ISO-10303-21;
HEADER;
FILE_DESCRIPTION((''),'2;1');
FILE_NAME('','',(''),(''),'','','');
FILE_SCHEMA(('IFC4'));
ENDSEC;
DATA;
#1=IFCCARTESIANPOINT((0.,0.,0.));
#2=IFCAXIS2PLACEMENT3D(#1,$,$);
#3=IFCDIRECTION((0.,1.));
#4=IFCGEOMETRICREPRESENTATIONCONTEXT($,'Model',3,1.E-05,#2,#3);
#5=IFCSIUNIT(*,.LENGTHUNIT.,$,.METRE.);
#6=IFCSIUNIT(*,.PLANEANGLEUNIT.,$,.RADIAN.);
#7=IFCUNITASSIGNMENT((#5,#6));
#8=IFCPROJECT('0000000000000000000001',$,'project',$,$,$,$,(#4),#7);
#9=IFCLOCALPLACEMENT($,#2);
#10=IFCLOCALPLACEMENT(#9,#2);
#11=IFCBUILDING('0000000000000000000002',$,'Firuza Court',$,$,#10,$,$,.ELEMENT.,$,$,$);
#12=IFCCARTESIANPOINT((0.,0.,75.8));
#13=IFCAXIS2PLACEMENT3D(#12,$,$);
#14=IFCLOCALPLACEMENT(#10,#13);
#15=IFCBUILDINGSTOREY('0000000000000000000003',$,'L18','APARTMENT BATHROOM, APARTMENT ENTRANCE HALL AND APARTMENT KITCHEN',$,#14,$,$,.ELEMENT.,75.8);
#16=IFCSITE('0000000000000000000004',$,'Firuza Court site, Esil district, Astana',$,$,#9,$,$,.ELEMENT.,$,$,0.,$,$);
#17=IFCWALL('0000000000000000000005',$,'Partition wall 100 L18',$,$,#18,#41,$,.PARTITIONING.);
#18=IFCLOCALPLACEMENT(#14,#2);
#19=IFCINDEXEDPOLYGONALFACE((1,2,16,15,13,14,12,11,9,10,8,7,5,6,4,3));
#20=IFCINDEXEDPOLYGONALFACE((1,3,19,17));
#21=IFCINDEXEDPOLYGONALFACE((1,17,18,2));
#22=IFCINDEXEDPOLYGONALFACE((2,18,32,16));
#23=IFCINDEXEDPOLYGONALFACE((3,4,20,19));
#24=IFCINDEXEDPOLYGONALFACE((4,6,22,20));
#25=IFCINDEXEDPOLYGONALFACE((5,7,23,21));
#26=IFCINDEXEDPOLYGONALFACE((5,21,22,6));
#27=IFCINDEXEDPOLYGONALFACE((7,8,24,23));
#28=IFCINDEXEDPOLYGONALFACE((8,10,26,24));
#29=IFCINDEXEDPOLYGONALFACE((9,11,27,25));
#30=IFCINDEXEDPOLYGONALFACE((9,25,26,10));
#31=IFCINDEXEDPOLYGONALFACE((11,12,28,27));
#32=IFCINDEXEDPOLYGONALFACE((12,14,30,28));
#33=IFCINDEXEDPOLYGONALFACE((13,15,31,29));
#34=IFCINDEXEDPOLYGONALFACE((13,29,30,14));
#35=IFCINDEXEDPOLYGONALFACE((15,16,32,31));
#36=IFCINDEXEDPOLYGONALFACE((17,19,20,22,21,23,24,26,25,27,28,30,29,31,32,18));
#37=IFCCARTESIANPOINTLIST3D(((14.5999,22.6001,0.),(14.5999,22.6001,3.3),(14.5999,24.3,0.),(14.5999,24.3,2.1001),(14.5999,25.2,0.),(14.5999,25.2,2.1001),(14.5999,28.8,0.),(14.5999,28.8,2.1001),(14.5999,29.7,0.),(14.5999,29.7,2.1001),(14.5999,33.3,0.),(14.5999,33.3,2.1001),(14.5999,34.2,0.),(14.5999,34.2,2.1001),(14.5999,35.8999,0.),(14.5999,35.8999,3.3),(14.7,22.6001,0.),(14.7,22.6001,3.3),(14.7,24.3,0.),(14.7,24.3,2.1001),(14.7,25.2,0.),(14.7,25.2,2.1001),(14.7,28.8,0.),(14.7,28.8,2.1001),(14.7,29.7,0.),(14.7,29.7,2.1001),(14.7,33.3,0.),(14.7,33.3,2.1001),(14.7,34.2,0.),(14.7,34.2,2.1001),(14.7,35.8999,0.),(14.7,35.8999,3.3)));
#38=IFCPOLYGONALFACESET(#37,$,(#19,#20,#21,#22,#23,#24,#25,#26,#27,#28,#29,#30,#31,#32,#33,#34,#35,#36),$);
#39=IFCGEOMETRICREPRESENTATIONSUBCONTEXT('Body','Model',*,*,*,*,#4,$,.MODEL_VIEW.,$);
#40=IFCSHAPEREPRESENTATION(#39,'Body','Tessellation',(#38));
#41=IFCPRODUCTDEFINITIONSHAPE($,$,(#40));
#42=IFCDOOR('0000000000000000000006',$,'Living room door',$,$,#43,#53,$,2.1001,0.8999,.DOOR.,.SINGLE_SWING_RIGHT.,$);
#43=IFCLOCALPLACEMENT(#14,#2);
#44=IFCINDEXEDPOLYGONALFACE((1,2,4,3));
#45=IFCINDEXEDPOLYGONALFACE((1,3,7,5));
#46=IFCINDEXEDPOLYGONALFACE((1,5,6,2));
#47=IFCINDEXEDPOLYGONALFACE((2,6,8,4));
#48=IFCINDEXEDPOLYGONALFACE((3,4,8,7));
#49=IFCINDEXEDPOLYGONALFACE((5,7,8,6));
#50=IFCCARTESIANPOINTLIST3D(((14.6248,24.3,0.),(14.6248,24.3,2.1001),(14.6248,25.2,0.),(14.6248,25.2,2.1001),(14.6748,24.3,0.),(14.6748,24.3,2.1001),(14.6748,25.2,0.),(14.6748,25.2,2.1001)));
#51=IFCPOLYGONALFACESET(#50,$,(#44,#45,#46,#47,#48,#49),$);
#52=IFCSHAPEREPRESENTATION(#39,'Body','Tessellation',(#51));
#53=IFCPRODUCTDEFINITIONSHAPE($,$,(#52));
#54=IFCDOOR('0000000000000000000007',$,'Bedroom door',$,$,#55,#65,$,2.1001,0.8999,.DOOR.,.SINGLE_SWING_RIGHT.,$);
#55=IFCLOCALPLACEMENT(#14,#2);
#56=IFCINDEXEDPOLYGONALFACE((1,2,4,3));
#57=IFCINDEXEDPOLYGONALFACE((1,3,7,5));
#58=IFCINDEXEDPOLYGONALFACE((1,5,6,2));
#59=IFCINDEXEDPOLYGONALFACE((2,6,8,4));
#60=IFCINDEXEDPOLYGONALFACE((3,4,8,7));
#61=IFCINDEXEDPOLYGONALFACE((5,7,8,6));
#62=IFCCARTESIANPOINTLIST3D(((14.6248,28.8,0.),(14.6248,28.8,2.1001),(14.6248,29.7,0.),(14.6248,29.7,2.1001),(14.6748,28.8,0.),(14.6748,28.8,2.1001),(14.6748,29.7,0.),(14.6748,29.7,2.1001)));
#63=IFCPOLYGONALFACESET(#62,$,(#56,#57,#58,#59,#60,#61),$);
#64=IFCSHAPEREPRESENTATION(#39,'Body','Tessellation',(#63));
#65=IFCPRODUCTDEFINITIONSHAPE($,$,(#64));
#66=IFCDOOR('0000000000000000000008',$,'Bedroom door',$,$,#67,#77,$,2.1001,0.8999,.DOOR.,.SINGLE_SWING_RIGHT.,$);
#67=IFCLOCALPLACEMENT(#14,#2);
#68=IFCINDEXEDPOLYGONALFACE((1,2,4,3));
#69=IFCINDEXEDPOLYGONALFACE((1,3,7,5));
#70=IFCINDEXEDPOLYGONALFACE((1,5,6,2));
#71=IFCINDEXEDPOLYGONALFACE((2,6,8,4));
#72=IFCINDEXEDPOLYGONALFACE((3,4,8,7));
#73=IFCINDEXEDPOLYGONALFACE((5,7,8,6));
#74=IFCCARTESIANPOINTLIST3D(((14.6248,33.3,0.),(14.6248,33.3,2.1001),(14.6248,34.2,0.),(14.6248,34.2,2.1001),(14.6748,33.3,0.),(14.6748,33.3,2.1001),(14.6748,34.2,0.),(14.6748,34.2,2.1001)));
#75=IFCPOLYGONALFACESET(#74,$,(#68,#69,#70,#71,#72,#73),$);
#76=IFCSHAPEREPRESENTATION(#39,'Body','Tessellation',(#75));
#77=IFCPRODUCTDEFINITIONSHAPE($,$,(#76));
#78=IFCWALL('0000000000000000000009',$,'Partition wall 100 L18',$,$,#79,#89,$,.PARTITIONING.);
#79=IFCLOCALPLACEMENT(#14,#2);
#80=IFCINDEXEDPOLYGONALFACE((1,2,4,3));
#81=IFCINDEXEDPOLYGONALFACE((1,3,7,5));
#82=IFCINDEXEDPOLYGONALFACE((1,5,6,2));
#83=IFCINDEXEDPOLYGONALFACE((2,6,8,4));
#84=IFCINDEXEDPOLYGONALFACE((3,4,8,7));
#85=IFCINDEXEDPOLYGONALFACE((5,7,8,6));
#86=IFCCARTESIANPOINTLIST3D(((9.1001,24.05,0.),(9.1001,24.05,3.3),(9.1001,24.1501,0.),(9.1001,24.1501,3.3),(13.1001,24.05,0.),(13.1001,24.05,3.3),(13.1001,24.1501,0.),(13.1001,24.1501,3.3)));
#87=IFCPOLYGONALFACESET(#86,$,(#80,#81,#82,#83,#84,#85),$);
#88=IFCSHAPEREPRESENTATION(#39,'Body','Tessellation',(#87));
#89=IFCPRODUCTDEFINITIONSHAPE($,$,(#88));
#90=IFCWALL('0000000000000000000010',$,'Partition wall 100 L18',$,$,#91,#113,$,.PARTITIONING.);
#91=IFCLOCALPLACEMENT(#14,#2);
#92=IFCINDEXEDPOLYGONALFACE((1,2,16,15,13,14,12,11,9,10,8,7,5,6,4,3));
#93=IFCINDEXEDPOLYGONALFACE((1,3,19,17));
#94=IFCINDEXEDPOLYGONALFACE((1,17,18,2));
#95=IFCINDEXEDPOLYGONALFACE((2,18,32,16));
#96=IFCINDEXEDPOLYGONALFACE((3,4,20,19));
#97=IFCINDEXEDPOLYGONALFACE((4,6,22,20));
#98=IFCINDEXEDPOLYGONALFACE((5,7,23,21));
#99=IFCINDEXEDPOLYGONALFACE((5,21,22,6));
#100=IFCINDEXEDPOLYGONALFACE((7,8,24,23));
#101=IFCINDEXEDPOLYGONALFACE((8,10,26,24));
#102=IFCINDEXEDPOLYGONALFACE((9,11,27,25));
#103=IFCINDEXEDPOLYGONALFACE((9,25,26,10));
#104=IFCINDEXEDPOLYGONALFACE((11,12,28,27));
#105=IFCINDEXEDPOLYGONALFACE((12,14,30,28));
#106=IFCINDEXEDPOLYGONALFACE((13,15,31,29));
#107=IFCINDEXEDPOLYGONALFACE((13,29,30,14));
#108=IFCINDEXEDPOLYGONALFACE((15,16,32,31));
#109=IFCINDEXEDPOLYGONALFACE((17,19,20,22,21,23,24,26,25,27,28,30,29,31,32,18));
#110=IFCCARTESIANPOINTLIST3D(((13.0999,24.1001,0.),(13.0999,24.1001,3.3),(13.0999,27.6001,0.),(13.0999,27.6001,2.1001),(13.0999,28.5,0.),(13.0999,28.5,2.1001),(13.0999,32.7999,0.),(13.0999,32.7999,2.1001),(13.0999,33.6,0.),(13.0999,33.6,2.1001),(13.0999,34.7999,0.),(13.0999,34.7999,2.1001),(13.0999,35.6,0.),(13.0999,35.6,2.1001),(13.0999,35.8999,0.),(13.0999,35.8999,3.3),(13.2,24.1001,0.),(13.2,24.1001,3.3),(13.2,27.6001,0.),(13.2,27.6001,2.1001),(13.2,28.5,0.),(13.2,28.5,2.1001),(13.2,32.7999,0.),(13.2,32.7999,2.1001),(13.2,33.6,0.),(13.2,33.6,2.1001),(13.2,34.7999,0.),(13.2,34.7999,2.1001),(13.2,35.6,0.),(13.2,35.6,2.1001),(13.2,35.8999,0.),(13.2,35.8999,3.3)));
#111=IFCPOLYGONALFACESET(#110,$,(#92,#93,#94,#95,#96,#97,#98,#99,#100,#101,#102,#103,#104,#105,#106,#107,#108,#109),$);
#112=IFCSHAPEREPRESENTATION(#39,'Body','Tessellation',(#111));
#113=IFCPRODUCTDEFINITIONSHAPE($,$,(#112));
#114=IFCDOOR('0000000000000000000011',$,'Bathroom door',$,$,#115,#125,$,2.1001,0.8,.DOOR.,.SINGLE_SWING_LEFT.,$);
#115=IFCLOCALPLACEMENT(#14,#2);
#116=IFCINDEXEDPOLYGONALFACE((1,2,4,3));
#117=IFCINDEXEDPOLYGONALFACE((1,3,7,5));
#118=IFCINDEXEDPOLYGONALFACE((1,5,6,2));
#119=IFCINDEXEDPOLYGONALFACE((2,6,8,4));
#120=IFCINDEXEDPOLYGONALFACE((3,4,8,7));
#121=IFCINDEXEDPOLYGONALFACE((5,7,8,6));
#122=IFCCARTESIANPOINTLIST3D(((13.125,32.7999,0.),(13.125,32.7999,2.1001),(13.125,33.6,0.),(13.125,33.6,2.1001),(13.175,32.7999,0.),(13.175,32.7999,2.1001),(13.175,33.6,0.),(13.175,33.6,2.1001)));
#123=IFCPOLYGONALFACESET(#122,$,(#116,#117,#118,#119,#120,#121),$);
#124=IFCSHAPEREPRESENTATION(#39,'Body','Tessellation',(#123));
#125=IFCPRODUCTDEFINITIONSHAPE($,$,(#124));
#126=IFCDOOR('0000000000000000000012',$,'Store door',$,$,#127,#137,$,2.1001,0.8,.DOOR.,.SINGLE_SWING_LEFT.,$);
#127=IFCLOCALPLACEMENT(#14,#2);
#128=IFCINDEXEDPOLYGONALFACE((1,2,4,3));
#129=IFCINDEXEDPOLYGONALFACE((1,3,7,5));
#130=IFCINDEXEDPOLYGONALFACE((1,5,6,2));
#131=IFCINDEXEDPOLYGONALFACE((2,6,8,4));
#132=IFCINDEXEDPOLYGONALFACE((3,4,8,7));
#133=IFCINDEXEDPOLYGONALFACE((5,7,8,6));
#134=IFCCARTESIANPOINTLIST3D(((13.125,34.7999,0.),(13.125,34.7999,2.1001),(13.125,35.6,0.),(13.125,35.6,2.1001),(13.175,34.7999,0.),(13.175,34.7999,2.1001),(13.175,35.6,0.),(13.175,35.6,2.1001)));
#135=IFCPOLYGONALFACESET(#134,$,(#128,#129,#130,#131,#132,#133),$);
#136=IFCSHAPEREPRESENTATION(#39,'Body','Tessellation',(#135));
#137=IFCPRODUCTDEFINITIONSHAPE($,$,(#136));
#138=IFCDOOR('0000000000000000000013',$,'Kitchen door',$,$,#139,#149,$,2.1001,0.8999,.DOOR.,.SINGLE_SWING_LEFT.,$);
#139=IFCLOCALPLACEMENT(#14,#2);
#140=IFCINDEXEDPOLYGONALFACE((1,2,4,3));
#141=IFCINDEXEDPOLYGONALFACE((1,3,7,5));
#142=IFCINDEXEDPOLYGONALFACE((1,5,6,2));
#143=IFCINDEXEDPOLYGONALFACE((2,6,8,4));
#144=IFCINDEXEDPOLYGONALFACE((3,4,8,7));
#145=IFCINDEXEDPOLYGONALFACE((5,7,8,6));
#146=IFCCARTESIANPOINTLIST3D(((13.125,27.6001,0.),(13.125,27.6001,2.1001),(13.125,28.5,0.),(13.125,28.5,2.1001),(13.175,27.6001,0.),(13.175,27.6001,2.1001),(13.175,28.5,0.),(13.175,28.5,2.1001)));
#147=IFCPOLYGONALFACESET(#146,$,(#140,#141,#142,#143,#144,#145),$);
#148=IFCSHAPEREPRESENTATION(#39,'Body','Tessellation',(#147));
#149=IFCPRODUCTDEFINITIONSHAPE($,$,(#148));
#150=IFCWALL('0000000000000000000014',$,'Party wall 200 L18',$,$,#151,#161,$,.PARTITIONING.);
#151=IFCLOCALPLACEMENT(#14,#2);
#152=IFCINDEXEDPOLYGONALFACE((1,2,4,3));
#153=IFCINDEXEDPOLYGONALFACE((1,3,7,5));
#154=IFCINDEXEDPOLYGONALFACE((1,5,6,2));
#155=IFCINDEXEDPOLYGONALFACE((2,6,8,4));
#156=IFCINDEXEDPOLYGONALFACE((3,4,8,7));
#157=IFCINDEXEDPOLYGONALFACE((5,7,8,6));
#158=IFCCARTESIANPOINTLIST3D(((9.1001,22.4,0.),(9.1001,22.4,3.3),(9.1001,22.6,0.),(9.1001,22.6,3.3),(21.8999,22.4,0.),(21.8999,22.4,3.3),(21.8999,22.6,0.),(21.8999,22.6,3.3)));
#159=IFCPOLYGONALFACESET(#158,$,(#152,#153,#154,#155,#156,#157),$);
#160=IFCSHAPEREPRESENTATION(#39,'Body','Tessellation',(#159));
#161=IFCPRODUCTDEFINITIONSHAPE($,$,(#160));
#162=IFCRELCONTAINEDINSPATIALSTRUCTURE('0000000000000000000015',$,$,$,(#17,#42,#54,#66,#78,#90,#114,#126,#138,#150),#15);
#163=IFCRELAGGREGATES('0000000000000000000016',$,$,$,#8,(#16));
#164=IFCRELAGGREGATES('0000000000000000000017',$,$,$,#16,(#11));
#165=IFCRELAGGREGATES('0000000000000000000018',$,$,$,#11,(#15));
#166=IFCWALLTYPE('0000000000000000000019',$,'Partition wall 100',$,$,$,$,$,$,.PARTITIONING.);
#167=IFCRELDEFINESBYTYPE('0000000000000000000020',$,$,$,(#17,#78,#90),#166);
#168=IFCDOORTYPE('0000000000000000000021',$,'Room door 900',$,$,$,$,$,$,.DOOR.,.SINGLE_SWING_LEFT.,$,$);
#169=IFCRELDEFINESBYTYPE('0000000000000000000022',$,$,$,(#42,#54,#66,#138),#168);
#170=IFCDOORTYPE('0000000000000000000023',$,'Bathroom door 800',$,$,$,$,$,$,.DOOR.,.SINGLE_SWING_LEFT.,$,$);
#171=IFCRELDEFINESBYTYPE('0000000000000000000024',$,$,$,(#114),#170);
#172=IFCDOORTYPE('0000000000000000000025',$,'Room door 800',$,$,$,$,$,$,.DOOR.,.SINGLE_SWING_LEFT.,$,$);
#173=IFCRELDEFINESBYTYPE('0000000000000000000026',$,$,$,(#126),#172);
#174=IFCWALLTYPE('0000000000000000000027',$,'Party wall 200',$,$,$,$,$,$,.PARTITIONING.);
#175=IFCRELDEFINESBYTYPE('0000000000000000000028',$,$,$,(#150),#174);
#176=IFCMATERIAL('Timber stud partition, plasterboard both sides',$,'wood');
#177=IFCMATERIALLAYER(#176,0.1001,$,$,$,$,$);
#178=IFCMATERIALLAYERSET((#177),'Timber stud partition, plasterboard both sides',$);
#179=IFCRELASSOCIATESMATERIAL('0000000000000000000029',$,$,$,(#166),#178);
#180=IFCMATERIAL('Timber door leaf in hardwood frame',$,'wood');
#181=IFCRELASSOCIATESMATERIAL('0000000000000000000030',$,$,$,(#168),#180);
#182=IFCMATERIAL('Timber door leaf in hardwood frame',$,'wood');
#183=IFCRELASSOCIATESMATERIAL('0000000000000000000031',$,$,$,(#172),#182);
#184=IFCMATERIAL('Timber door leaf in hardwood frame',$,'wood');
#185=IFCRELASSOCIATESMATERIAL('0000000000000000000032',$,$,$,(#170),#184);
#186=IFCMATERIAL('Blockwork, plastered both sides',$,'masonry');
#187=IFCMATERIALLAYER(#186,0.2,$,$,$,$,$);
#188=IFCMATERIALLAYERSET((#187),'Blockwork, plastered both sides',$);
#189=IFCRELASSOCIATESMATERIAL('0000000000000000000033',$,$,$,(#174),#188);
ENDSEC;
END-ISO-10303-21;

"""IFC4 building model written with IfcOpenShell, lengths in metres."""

from ifc_helpers import new_model, si_unit, direction, frame, frame_2d, origin, place, context, subcontext, project, spatial, rectangle, extrude, material, layer, layer_set, type_object, element, fill, save


model = new_model("IFC4")

# Units and contexts
model_context = context("Model", 3, precision=1e-05, world=origin(), true_north=direction((0.0, 1.0)))
body_context = subcontext(model_context, "Body", "Model", "MODEL_VIEW")
ifc_project = project(units=[si_unit("LENGTHUNIT", "METRE"), si_unit("PLANEANGLEUNIT", "RADIAN")], contexts=[model_context])

# Site, building, storey
site_placement = place(None, origin())
site = spatial("IfcSite", under=ifc_project, at=site_placement, Name="Firuza Court site, Esil district, Astana", CompositionType="ELEMENT", RefElevation=0.0)
building_placement = place(site_placement, origin())
building = spatial("IfcBuilding", under=site, at=building_placement, Name="Firuza Court", CompositionType="ELEMENT")
storey_placement = place(building_placement, frame((0.0, 0.0, 75.8)))
storey = spatial("IfcBuildingStorey", under=building, at=storey_placement, Name="L18", Description="APARTMENT BATHROOM, APARTMENT ENTRANCE HALL AND APARTMENT KITCHEN", CompositionType="ELEMENT", Elevation=75.8)

# Shared definitions
ifc_material_1 = material(Name="Timber stud partition, plasterboard both sides", Category="wood")
ifc_layer_1 = layer(ifc_material_1, 0.1001)
ifc_layer_set_1 = layer_set([ifc_layer_1], Name="Timber stud partition, plasterboard both sides")
wall_type_1 = type_object("IfcWallType", Name="Partition wall 100", PredefinedType="PARTITIONING", material=ifc_layer_set_1)
ifc_material_2 = material(Name="Timber door leaf in hardwood frame", Category="wood")
door_type_1 = type_object("IfcDoorType", Name="Room door 900", OperationType="SINGLE_SWING_LEFT", PredefinedType="DOOR", material=ifc_material_2)

# Shared definitions
ifc_material_3 = material(Name="Timber door leaf in hardwood frame", Category="wood")
door_type_2 = type_object("IfcDoorType", Name="Room door 800", OperationType="SINGLE_SWING_LEFT", PredefinedType="DOOR", material=ifc_material_3)

# Wall, openings, doors
wall_1_placement = place(storey_placement, frame((14.6499, 22.6001, 0.0), z_axis=(0.0, 0.0, 1.0), x_axis=(0.0, 1.0, 0.0)))
wall_1 = element("IfcWall", 1, at=wall_1_placement, inside=storey, type_object=wall_type_1, Name="Partition wall 100 L18", PredefinedType="PARTITIONING", context=body_context, shape_type="SweptSolid", body=[
    extrude(rectangle(XDim=13.2998, YDim=0.1001, at=frame_2d((6.6499, 0.0))), origin(), (0.0, 0.0, 1.0), 3.3),
])
opening_1_placement = place(wall_1_placement, frame((1.7, 0.0, 0.0)))
opening_1 = element("IfcOpeningElement", 2, at=opening_1_placement, cuts=wall_1, PredefinedType="OPENING", context=body_context, shape_type="SweptSolid", body=[
    extrude(rectangle(XDim=0.8999, YDim=2.1001, at=frame_2d((0.45, 1.05))), frame((0.0, 0.062, 0.0), z_axis=(0.0, -1.0, 0.0), x_axis=(1.0, 0.0, 0.0)), (0.0, 0.0, 1.0), 0.124),
])
opening_2_placement = place(wall_1_placement, frame((6.2, 0.0, 0.0)))
opening_2 = element("IfcOpeningElement", 3, at=opening_2_placement, cuts=wall_1, PredefinedType="OPENING", context=body_context, shape_type="SweptSolid", body=[
    extrude(rectangle(XDim=0.8999, YDim=2.1001, at=frame_2d((0.45, 1.05))), frame((0.0, 0.062, 0.0), z_axis=(0.0, -1.0, 0.0), x_axis=(1.0, 0.0, 0.0)), (0.0, 0.0, 1.0), 0.124),
])
opening_3_placement = place(wall_1_placement, frame((10.7, 0.0, 0.0)))
opening_3 = element("IfcOpeningElement", 4, at=opening_3_placement, cuts=wall_1, PredefinedType="OPENING", context=body_context, shape_type="SweptSolid", body=[
    extrude(rectangle(XDim=0.8999, YDim=2.1001, at=frame_2d((0.45, 1.05))), frame((0.0, 0.062, 0.0), z_axis=(0.0, -1.0, 0.0), x_axis=(1.0, 0.0, 0.0)), (0.0, 0.0, 1.0), 0.124),
])
door_1_placement = place(opening_1_placement, frame((0.8999, 0.0, 0.0), z_axis=(0.0, 0.0, 1.0), x_axis=(-1.0, 0.0, 0.0)))
door_1 = element("IfcDoor", 5, at=door_1_placement, inside=storey, type_object=door_type_1, Name="Living room door", OperationType="SINGLE_SWING_RIGHT", OverallHeight=2.1001, OverallWidth=0.8999, PredefinedType="DOOR", context=body_context, shape_type="SweptSolid", body=[
    extrude(rectangle(XDim=0.8999, YDim=2.1001, at=frame_2d((0.45, 1.05))), frame((0.0, 0.0249, 0.0), z_axis=(0.0, -1.0, 0.0), x_axis=(1.0, 0.0, 0.0)), (0.0, 0.0, 1.0), 0.05),
])
fill(opening_1, door_1)
door_2_placement = place(opening_2_placement, frame((0.8999, 0.0, 0.0), z_axis=(0.0, 0.0, 1.0), x_axis=(-1.0, 0.0, 0.0)))
door_2 = element("IfcDoor", 6, at=door_2_placement, inside=storey, type_object=door_type_1, Name="Bedroom door", OperationType="SINGLE_SWING_RIGHT", OverallHeight=2.1001, OverallWidth=0.8999, PredefinedType="DOOR", context=body_context, shape_type="SweptSolid", body=[
    extrude(rectangle(XDim=0.8999, YDim=2.1001, at=frame_2d((0.45, 1.05))), frame((0.0, 0.0249, 0.0), z_axis=(0.0, -1.0, 0.0), x_axis=(1.0, 0.0, 0.0)), (0.0, 0.0, 1.0), 0.05),
])
fill(opening_2, door_2)
door_3_placement = place(opening_3_placement, frame((0.8999, 0.0, 0.0), z_axis=(0.0, 0.0, 1.0), x_axis=(-1.0, 0.0, 0.0)))
door_3 = element("IfcDoor", 7, at=door_3_placement, inside=storey, type_object=door_type_1, Name="Bedroom door", OperationType="SINGLE_SWING_RIGHT", OverallHeight=2.1001, OverallWidth=0.8999, PredefinedType="DOOR", context=body_context, shape_type="SweptSolid", body=[
    extrude(rectangle(XDim=0.8999, YDim=2.1001, at=frame_2d((0.45, 1.05))), frame((0.0, 0.0249, 0.0), z_axis=(0.0, -1.0, 0.0), x_axis=(1.0, 0.0, 0.0)), (0.0, 0.0, 1.0), 0.05),
])
fill(opening_3, door_3)

# Wall
wall_2_placement = place(storey_placement, frame((9.1001, 24.1001, 0.0), z_axis=(0.0, 0.0, 1.0), x_axis=(1.0, 0.0, 0.0)))
element("IfcWall", 8, at=wall_2_placement, inside=storey, type_object=wall_type_1, Name="Partition wall 100 L18", PredefinedType="PARTITIONING", context=body_context, shape_type="SweptSolid", body=[
    extrude(rectangle(XDim=4.0, YDim=0.1001, at=frame_2d((2.0, 0.0))), origin(), (0.0, 0.0, 1.0), 3.3),
])

# Wall, openings, doors
wall_3_placement = place(storey_placement, frame((13.1499, 24.1001, 0.0), z_axis=(0.0, 0.0, 1.0), x_axis=(0.0, 1.0, 0.0)))
wall_3 = element("IfcWall", 9, at=wall_3_placement, inside=storey, type_object=wall_type_1, Name="Partition wall 100 L18", PredefinedType="PARTITIONING", context=body_context, shape_type="SweptSolid", body=[
    extrude(rectangle(XDim=11.7998, YDim=0.1001, at=frame_2d((5.8999, 0.0))), origin(), (0.0, 0.0, 1.0), 3.3),
])
opening_4_placement = place(wall_3_placement, frame((8.7, 0.0, 0.0)))
opening_4 = element("IfcOpeningElement", 10, at=opening_4_placement, cuts=wall_3, PredefinedType="OPENING", context=body_context, shape_type="SweptSolid", body=[
    extrude(rectangle(XDim=0.8, YDim=2.1001, at=frame_2d((0.3999, 1.05))), frame((0.0, 0.062, 0.0), z_axis=(0.0, -1.0, 0.0), x_axis=(1.0, 0.0, 0.0)), (0.0, 0.0, 1.0), 0.124),
])
opening_5_placement = place(wall_3_placement, frame((3.5, 0.0, 0.0)))
opening_5 = element("IfcOpeningElement", 11, at=opening_5_placement, cuts=wall_3, PredefinedType="OPENING", context=body_context, shape_type="SweptSolid", body=[
    extrude(rectangle(XDim=0.8999, YDim=2.1001, at=frame_2d((0.45, 1.05))), frame((0.0, 0.062, 0.0), z_axis=(0.0, -1.0, 0.0), x_axis=(1.0, 0.0, 0.0)), (0.0, 0.0, 1.0), 0.124),
])
opening_6_placement = place(wall_3_placement, frame((10.7, 0.0, 0.0)))
opening_6 = element("IfcOpeningElement", 12, at=opening_6_placement, cuts=wall_3, PredefinedType="OPENING", context=body_context, shape_type="SweptSolid", body=[
    extrude(rectangle(XDim=0.8, YDim=2.1001, at=frame_2d((0.3999, 1.05))), frame((0.0, 0.062, 0.0), z_axis=(0.0, -1.0, 0.0), x_axis=(1.0, 0.0, 0.0)), (0.0, 0.0, 1.0), 0.124),
])
ifc_material_4 = material(Name="Timber door leaf in hardwood frame", Category="wood")
door_type_3 = type_object("IfcDoorType", Name="Bathroom door 800", OperationType="SINGLE_SWING_LEFT", PredefinedType="DOOR", material=ifc_material_4)
door_4_placement = place(opening_4_placement, origin())
door_4 = element("IfcDoor", 13, at=door_4_placement, inside=storey, type_object=door_type_3, Name="Bathroom door", OperationType="SINGLE_SWING_LEFT", OverallHeight=2.1001, OverallWidth=0.8, PredefinedType="DOOR", context=body_context, shape_type="SweptSolid", body=[
    extrude(rectangle(XDim=0.8, YDim=2.1001, at=frame_2d((0.3999, 1.05))), frame((0.0, 0.0249, 0.0), z_axis=(0.0, -1.0, 0.0), x_axis=(1.0, 0.0, 0.0)), (0.0, 0.0, 1.0), 0.05),
])
fill(opening_4, door_4)
door_5_placement = place(opening_6_placement, origin())
door_5 = element("IfcDoor", 14, at=door_5_placement, inside=storey, type_object=door_type_2, Name="Store door", OperationType="SINGLE_SWING_LEFT", OverallHeight=2.1001, OverallWidth=0.8, PredefinedType="DOOR", context=body_context, shape_type="SweptSolid", body=[
    extrude(rectangle(XDim=0.8, YDim=2.1001, at=frame_2d((0.3999, 1.05))), frame((0.0, 0.0249, 0.0), z_axis=(0.0, -1.0, 0.0), x_axis=(1.0, 0.0, 0.0)), (0.0, 0.0, 1.0), 0.05),
])
fill(opening_6, door_5)
door_6_placement = place(opening_5_placement, origin())
door_6 = element("IfcDoor", 15, at=door_6_placement, inside=storey, type_object=door_type_1, Name="Kitchen door", OperationType="SINGLE_SWING_LEFT", OverallHeight=2.1001, OverallWidth=0.8999, PredefinedType="DOOR", context=body_context, shape_type="SweptSolid", body=[
    extrude(rectangle(XDim=0.8999, YDim=2.1001, at=frame_2d((0.45, 1.05))), frame((0.0, 0.0249, 0.0), z_axis=(0.0, -1.0, 0.0), x_axis=(1.0, 0.0, 0.0)), (0.0, 0.0, 1.0), 0.05),
])
fill(opening_5, door_6)

# Wall
ifc_material_5 = material(Name="Blockwork, plastered both sides", Category="masonry")
ifc_layer_2 = layer(ifc_material_5, 0.2)
ifc_layer_set_2 = layer_set([ifc_layer_2], Name="Blockwork, plastered both sides")
wall_type_2 = type_object("IfcWallType", Name="Party wall 200", PredefinedType="PARTITIONING", material=ifc_layer_set_2)
wall_4_placement = place(storey_placement, frame((9.1001, 22.5, 0.0), z_axis=(0.0, 0.0, 1.0), x_axis=(1.0, 0.0, 0.0)))
element("IfcWall", 16, at=wall_4_placement, inside=storey, type_object=wall_type_2, Name="Party wall 200 L18", PredefinedType="PARTITIONING", context=body_context, shape_type="SweptSolid", body=[
    extrude(rectangle(XDim=12.7998, YDim=0.2, at=frame_2d((6.3999, 0.0))), origin(), (0.0, 0.0, 1.0), 3.3),
])

save(model, "model.ifc")
